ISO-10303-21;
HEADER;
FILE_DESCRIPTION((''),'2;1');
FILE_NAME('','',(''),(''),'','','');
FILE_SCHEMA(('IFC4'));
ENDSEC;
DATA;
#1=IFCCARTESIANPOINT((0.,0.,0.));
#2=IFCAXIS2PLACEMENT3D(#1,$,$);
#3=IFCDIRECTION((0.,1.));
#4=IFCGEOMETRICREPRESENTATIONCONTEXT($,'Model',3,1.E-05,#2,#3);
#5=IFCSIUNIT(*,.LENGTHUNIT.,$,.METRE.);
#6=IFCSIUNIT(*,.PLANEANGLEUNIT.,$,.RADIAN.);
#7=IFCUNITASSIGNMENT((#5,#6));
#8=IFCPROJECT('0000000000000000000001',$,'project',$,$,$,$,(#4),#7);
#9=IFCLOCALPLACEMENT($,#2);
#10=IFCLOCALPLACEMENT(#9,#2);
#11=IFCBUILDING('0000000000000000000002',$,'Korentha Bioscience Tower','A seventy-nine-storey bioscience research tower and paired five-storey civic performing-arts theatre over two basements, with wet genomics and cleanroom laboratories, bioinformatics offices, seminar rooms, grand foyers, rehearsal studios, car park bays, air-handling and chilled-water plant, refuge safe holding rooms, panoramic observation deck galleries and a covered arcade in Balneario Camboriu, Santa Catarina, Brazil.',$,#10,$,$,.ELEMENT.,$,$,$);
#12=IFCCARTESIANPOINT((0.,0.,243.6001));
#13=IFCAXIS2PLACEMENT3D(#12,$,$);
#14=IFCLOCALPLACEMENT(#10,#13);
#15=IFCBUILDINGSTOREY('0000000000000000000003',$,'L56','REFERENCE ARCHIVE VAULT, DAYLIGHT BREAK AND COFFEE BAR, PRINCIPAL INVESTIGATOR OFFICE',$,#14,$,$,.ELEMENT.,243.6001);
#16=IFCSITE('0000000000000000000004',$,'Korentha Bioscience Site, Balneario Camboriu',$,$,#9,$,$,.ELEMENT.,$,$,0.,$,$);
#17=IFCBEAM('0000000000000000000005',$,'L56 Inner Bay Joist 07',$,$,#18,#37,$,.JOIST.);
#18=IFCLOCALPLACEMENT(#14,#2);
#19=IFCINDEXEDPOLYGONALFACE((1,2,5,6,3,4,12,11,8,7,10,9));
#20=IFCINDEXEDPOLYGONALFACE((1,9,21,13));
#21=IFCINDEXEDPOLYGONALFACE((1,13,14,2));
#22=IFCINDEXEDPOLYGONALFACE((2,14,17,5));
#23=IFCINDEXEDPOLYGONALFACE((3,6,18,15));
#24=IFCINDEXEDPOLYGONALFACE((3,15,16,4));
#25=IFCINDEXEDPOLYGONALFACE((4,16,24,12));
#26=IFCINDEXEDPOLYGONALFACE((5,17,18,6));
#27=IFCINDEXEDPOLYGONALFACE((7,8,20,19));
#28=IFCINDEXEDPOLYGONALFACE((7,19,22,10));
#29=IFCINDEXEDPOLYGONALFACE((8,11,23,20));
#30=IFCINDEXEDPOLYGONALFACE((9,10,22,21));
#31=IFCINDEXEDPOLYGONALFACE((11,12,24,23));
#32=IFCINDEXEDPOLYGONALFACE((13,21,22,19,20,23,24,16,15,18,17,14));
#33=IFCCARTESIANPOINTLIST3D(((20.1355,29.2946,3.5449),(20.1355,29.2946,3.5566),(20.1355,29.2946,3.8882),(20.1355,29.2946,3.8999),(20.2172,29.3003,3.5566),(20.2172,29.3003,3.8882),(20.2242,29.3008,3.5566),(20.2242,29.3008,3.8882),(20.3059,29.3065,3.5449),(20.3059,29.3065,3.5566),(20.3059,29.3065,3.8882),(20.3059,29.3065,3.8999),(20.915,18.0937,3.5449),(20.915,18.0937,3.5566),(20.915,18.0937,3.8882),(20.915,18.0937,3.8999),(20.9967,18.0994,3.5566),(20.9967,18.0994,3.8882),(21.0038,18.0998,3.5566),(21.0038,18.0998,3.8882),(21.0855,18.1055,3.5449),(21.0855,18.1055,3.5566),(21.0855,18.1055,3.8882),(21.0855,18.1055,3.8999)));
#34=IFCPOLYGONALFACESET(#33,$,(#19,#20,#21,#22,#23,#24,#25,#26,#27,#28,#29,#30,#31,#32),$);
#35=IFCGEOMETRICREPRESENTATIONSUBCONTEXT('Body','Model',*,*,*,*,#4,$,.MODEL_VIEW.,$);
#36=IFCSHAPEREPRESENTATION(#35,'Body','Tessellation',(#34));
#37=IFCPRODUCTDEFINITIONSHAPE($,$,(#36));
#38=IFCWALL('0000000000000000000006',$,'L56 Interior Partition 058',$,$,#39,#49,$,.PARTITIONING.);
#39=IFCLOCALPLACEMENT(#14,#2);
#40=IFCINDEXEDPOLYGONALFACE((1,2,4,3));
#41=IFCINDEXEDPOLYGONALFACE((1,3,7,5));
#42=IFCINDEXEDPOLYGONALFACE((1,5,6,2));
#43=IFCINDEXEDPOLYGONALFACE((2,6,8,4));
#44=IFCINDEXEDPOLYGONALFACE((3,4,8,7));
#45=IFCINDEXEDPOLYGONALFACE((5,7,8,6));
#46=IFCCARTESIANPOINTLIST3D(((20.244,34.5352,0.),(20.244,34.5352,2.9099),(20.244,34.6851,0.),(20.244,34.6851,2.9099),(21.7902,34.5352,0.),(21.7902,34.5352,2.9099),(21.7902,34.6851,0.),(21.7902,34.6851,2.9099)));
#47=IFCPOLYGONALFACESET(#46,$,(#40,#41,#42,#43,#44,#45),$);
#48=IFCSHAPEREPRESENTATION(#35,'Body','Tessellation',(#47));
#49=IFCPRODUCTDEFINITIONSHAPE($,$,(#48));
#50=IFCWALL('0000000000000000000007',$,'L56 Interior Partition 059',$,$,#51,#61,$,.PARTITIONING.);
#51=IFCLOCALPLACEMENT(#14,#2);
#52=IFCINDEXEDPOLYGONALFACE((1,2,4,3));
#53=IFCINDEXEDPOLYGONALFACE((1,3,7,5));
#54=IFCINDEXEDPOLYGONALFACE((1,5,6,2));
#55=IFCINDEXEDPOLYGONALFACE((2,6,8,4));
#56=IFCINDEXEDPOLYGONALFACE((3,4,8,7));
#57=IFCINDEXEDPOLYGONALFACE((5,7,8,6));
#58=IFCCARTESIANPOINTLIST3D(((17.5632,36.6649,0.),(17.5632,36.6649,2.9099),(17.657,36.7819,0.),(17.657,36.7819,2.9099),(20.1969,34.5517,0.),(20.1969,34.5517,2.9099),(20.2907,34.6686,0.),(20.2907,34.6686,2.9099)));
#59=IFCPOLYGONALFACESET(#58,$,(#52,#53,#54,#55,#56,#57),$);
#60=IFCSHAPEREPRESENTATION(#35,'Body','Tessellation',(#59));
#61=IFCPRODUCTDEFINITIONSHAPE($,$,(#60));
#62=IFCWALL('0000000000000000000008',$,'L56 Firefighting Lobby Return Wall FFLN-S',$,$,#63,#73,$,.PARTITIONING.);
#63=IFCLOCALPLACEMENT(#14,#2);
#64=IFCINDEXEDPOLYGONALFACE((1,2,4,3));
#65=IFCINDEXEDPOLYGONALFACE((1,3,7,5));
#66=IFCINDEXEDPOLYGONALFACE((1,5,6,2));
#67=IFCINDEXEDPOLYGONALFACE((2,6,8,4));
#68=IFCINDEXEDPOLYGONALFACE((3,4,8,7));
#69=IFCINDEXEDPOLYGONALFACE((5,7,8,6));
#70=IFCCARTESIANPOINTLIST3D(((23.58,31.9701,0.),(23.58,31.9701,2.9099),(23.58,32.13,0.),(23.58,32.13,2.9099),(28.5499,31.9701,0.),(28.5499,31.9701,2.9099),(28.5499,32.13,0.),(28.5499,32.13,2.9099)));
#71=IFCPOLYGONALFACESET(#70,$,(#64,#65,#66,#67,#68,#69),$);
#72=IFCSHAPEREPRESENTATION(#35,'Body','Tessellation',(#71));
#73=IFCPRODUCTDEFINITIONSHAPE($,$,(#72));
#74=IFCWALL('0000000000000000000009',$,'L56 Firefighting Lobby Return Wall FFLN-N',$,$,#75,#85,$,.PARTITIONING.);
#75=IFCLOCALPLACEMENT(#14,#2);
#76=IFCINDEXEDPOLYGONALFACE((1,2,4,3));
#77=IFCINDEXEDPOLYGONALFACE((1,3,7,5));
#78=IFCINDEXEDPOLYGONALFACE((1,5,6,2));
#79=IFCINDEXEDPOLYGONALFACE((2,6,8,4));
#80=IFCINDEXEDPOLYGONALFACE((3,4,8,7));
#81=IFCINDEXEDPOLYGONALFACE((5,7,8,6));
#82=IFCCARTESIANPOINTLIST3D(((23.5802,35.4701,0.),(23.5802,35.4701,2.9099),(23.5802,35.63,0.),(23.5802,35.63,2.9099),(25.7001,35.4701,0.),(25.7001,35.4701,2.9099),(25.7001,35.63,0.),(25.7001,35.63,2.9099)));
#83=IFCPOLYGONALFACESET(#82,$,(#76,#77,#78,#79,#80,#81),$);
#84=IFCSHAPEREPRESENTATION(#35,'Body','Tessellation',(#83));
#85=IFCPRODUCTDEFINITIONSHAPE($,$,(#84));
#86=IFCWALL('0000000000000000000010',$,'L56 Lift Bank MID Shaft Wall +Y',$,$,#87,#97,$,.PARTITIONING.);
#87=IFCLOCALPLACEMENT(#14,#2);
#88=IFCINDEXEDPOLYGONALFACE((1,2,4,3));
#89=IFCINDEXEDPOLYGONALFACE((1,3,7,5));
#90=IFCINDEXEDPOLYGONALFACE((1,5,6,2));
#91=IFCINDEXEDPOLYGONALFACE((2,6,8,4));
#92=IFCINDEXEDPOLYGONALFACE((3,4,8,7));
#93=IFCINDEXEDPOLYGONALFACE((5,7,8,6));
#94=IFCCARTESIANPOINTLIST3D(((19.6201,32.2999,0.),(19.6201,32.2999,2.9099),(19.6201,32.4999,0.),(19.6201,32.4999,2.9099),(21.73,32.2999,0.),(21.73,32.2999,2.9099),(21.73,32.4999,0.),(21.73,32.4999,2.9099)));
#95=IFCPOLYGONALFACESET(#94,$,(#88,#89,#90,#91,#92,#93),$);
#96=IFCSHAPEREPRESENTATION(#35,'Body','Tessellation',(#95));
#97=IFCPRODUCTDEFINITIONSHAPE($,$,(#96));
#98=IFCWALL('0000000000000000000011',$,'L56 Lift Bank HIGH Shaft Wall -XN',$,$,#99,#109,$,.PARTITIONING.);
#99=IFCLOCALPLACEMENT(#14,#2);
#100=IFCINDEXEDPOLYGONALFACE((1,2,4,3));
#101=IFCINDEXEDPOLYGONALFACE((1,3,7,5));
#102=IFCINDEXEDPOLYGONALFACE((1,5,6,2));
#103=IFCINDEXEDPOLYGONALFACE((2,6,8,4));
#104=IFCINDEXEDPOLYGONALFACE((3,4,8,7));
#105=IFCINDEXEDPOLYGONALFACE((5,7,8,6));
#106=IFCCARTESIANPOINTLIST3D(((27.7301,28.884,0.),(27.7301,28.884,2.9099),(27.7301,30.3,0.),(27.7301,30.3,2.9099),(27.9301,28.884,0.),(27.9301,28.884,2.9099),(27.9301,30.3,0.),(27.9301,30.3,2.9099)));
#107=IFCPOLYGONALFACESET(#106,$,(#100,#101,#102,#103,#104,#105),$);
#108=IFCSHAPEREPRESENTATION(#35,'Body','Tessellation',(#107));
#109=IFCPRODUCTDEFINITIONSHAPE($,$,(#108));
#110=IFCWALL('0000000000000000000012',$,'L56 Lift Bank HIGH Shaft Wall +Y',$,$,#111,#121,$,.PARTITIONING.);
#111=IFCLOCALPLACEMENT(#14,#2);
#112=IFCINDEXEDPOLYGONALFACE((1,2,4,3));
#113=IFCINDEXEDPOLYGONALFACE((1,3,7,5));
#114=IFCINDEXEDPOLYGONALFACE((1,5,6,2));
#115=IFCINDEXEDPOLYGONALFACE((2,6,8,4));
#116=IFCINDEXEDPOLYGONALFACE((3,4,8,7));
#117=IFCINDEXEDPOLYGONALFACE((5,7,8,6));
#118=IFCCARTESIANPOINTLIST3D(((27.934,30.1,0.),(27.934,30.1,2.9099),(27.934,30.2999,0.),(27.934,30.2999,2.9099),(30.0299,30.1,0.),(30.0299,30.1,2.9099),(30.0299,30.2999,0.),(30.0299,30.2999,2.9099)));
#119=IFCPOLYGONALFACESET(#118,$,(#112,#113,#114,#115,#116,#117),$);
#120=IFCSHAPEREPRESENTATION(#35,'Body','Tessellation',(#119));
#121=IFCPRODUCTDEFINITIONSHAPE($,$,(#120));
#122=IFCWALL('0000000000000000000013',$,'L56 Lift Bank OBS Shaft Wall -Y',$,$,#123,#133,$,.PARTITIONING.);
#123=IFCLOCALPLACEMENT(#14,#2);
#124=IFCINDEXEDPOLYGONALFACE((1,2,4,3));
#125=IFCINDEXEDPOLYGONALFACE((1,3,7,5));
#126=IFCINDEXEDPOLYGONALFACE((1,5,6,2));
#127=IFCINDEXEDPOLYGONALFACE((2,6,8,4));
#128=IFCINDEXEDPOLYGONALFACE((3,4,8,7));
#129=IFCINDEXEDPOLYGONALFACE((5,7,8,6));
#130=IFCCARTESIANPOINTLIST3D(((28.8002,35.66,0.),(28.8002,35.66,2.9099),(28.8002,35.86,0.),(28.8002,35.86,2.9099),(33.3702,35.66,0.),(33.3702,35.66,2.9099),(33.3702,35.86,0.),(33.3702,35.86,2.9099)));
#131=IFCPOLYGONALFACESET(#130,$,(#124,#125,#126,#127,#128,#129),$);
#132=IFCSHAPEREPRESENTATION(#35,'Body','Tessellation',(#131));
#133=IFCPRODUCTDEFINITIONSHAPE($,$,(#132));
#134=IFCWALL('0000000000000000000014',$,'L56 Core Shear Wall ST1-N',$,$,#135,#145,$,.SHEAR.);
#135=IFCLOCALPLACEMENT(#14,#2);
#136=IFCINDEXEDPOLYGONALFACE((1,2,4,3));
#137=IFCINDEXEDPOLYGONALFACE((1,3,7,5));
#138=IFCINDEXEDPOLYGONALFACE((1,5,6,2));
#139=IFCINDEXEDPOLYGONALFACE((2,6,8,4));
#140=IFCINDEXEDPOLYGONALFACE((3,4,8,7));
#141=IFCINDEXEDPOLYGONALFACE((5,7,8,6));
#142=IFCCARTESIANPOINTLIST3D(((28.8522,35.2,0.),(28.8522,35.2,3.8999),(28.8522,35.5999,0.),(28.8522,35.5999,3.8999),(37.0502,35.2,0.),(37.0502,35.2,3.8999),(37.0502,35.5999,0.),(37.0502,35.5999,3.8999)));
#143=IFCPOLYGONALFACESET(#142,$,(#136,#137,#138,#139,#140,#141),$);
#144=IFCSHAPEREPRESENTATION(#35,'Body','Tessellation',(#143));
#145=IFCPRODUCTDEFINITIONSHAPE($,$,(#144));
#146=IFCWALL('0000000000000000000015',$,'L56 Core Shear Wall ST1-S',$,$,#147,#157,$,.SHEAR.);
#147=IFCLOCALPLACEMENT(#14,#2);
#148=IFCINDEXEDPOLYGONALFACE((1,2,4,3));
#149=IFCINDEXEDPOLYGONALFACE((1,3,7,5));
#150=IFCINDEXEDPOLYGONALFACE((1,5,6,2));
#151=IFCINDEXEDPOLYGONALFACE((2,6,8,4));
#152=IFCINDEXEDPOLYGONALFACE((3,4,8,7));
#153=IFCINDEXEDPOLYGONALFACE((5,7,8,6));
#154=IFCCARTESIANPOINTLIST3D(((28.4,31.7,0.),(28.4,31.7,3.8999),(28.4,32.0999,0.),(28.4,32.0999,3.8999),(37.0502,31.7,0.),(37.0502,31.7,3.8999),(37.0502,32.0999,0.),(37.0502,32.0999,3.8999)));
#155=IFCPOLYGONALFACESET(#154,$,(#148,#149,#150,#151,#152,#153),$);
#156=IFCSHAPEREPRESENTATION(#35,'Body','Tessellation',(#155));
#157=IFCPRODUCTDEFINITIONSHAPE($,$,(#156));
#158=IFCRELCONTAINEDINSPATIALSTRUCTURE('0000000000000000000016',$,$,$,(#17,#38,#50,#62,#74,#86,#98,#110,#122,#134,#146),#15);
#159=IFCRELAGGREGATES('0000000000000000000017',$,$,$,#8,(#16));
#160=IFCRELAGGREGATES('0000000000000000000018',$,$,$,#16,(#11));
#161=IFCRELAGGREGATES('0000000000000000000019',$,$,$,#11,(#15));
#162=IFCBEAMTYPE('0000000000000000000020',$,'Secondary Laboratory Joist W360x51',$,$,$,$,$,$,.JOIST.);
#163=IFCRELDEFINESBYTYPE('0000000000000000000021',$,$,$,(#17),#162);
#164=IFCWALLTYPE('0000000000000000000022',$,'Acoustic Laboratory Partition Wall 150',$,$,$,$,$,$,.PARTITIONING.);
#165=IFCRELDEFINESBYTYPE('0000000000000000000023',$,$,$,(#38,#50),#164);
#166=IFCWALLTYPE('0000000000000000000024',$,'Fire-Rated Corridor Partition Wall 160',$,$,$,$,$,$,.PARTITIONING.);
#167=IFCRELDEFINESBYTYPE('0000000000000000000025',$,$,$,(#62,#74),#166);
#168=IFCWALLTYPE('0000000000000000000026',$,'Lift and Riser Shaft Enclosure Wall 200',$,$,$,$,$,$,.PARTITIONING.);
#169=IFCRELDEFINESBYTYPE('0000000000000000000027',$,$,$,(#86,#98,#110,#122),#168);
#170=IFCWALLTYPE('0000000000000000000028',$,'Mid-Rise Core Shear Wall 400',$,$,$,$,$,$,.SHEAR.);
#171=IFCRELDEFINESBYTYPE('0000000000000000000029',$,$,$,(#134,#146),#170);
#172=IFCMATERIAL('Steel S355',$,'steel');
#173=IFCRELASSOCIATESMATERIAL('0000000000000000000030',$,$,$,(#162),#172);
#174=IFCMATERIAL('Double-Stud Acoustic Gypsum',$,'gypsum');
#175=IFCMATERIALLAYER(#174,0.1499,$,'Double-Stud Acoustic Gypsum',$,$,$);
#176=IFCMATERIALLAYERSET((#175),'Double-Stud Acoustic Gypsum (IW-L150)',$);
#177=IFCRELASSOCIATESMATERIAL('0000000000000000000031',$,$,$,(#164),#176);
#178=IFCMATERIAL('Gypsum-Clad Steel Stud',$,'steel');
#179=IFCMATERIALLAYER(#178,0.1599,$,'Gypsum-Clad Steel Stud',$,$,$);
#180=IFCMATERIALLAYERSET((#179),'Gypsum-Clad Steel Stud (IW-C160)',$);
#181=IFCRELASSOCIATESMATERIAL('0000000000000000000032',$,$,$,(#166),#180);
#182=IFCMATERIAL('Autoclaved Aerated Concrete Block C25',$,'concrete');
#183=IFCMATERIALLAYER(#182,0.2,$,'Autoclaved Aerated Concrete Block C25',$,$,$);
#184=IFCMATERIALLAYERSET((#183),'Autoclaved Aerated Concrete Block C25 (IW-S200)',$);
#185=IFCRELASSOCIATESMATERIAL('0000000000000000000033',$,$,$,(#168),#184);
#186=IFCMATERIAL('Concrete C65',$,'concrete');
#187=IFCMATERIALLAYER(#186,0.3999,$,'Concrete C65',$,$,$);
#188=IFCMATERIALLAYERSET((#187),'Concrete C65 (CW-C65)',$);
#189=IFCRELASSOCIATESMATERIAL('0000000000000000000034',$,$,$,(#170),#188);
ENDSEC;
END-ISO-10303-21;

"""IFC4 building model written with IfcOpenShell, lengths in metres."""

from ifc_helpers import new_model, si_unit, direction, frame, frame_2d, origin, origin_2d, place, context, subcontext, project, spatial, rectangle, i_section, extrude, material, layer, layer_set, material_profile, profile_set, type_object, element, save


model = new_model("IFC4")

# Units and contexts
model_context = context("Model", 3, precision=1e-05, world=origin(), true_north=direction((0.0, 1.0)))
body_context = subcontext(model_context, "Body", "Model", "MODEL_VIEW")
ifc_project = project(units=[si_unit("LENGTHUNIT", "METRE"), si_unit("PLANEANGLEUNIT", "RADIAN")], contexts=[model_context])

# Site, building, storey
site_placement = place(None, origin())
site = spatial("IfcSite", under=ifc_project, at=site_placement, Name="Korentha Bioscience Site, Balneario Camboriu", CompositionType="ELEMENT", RefElevation=0.0)
building_placement = place(site_placement, origin())
building = spatial("IfcBuilding", under=site, at=building_placement, Name="Korentha Bioscience Tower", Description="A seventy-nine-storey bioscience research tower and paired five-storey civic performing-arts theatre over two basements, with wet genomics and cleanroom laboratories, bioinformatics offices, seminar rooms, grand foyers, rehearsal studios, car park bays, air-handling and chilled-water plant, refuge safe holding rooms, panoramic observation deck galleries and a covered arcade in Balneario Camboriu, Santa Catarina, Brazil.", CompositionType="ELEMENT")
storey_placement = place(building_placement, frame((0.0, 0.0, 243.6001)))
storey = spatial("IfcBuildingStorey", under=building, at=storey_placement, Name="L56", Description="REFERENCE ARCHIVE VAULT, DAYLIGHT BREAK AND COFFEE BAR, PRINCIPAL INVESTIGATOR OFFICE", CompositionType="ELEMENT", Elevation=243.6001)

# Shared definitions
ifc_material_1 = material(Name="Concrete C65", Category="concrete")

# Beam
ifc_material_2 = material(Name="Steel S355", Category="steel")
ifc_material_profile_1 = material_profile(ifc_material_2, i_section(OverallWidth=0.1709, OverallDepth=0.355, WebThickness=0.0071, FlangeThickness=0.0117, at=origin_2d()), Name="Steel S355")
ifc_profile_set_1 = profile_set([ifc_material_profile_1], Name="Steel S355 (JB-360)")
beam_type_1 = type_object("IfcBeamType", Name="Secondary Laboratory Joist W360x51", PredefinedType="JOIST", material=ifc_profile_set_1)
beam_1_placement = place(storey_placement, frame((20.2207, 29.3005, 3.7224), z_axis=(0.069428, -0.997587, 0.0), x_axis=(0.997587, 0.069428, 0.0)))
element("IfcBeam", 1, at=beam_1_placement, inside=storey, type_object=beam_type_1, Name="L56 Inner Bay Joist 07", PredefinedType="JOIST", context=body_context, shape_type="SweptSolid", body=[
    extrude(i_section(OverallWidth=0.1709, OverallDepth=0.355, WebThickness=0.0071, FlangeThickness=0.0117, at=origin_2d()), origin(), (0.0, 0.0, 1.0), 11.228),
])

# Walls
ifc_material_3 = material(Name="Double-Stud Acoustic Gypsum", Category="gypsum")
ifc_layer_1 = layer(ifc_material_3, 0.1499, Name="Double-Stud Acoustic Gypsum")
ifc_layer_set_1 = layer_set([ifc_layer_1], Name="Double-Stud Acoustic Gypsum (IW-L150)")
wall_type_1 = type_object("IfcWallType", Name="Acoustic Laboratory Partition Wall 150", PredefinedType="PARTITIONING", material=ifc_layer_set_1)
wall_1_placement = place(storey_placement, frame((21.79, 34.6101, 0.0), z_axis=(0.0, 0.0, 1.0), x_axis=(-1.0, 0.0, 0.0)))
element("IfcWall", 2, at=wall_1_placement, inside=storey, type_object=wall_type_1, Name="L56 Interior Partition 058", PredefinedType="PARTITIONING", context=body_context, shape_type="SweptSolid", body=[
    extrude(rectangle(XDim=1.5461, YDim=0.1499, at=frame_2d((0.7729, 0.0))), origin(), (0.0, 0.0, 1.0), 2.9099),
])
wall_2_placement = place(storey_placement, frame((20.2439, 34.6101, 0.0), z_axis=(0.0, 0.0, 1.0), x_axis=(-0.779965, 0.625823, 0.0)))
element("IfcWall", 3, at=wall_2_placement, inside=storey, type_object=wall_type_1, Name="L56 Interior Partition 059", PredefinedType="PARTITIONING", context=body_context, shape_type="SweptSolid", body=[
    extrude(rectangle(XDim=3.3767, YDim=0.1499, at=frame_2d((1.6885, 0.0))), origin(), (0.0, 0.0, 1.0), 2.9099),
])

# Shared definitions
ifc_material_4 = material(Name="Gypsum-Clad Steel Stud", Category="steel")
ifc_layer_2 = layer(ifc_material_4, 0.1599, Name="Gypsum-Clad Steel Stud")
ifc_layer_set_2 = layer_set([ifc_layer_2], Name="Gypsum-Clad Steel Stud (IW-C160)")
wall_type_2 = type_object("IfcWallType", Name="Fire-Rated Corridor Partition Wall 160", PredefinedType="PARTITIONING", material=ifc_layer_set_2)

# Walls
wall_3_placement = place(storey_placement, frame((23.5801, 32.05, 0.0), z_axis=(0.0, 0.0, 1.0), x_axis=(1.0, 0.0, 0.0)))
element("IfcWall", 4, at=wall_3_placement, inside=storey, type_object=wall_type_2, Name="L56 Firefighting Lobby Return Wall FFLN-S", PredefinedType="PARTITIONING", context=body_context, shape_type="SweptSolid", body=[
    extrude(rectangle(XDim=4.97, YDim=0.1599, at=frame_2d((2.4849, 0.0))), origin(), (0.0, 0.0, 1.0), 2.9099),
])
wall_4_placement = place(storey_placement, frame((23.5801, 35.55, 0.0), z_axis=(0.0, 0.0, 1.0), x_axis=(1.0, 0.0, 0.0)))
element("IfcWall", 5, at=wall_4_placement, inside=storey, type_object=wall_type_2, Name="L56 Firefighting Lobby Return Wall FFLN-N", PredefinedType="PARTITIONING", context=body_context, shape_type="SweptSolid", body=[
    extrude(rectangle(XDim=2.1199, YDim=0.1599, at=frame_2d((1.0601, 0.0))), origin(), (0.0, 0.0, 1.0), 2.9099),
])
ifc_material_5 = material(Name="Autoclaved Aerated Concrete Block C25", Category="concrete")
ifc_layer_3 = layer(ifc_material_5, 0.2, Name="Autoclaved Aerated Concrete Block C25")
ifc_layer_set_3 = layer_set([ifc_layer_3], Name="Autoclaved Aerated Concrete Block C25 (IW-S200)")
wall_type_3 = type_object("IfcWallType", Name="Lift and Riser Shaft Enclosure Wall 200", PredefinedType="PARTITIONING", material=ifc_layer_set_3)
wall_5_placement = place(storey_placement, frame((19.6201, 32.3999, 0.0), z_axis=(0.0, 0.0, 1.0), x_axis=(1.0, 0.0, 0.0)))
element("IfcWall", 6, at=wall_5_placement, inside=storey, type_object=wall_type_3, Name="L56 Lift Bank MID Shaft Wall +Y", PredefinedType="PARTITIONING", context=body_context, shape_type="SweptSolid", body=[
    extrude(rectangle(XDim=2.1099, YDim=0.2, at=frame_2d((1.0549, 0.0))), origin(), (0.0, 0.0, 1.0), 2.9099),
])
wall_6_placement = place(storey_placement, frame((27.8301, 28.884, 0.0), z_axis=(0.0, 0.0, 1.0), x_axis=(0.0, 1.0, 0.0)))
element("IfcWall", 7, at=wall_6_placement, inside=storey, type_object=wall_type_3, Name="L56 Lift Bank HIGH Shaft Wall -XN", PredefinedType="PARTITIONING", context=body_context, shape_type="SweptSolid", body=[
    extrude(rectangle(XDim=1.416, YDim=0.2, at=frame_2d((0.708, 0.0))), origin(), (0.0, 0.0, 1.0), 2.9099),
])
wall_7_placement = place(storey_placement, frame((27.9341, 30.2, 0.0), z_axis=(0.0, 0.0, 1.0), x_axis=(1.0, 0.0, 0.0)))
element("IfcWall", 8, at=wall_7_placement, inside=storey, type_object=wall_type_3, Name="L56 Lift Bank HIGH Shaft Wall +Y", PredefinedType="PARTITIONING", context=body_context, shape_type="SweptSolid", body=[
    extrude(rectangle(XDim=2.0959, YDim=0.2, at=frame_2d((1.0479, 0.0))), origin(), (0.0, 0.0, 1.0), 2.9099),
])
wall_8_placement = place(storey_placement, frame((28.8, 35.76, 0.0), z_axis=(0.0, 0.0, 1.0), x_axis=(1.0, 0.0, 0.0)))
element("IfcWall", 9, at=wall_8_placement, inside=storey, type_object=wall_type_3, Name="L56 Lift Bank OBS Shaft Wall -Y", PredefinedType="PARTITIONING", context=body_context, shape_type="SweptSolid", body=[
    extrude(rectangle(XDim=4.5701, YDim=0.2, at=frame_2d((2.2852, 0.0))), origin(), (0.0, 0.0, 1.0), 2.9099),
])
ifc_layer_4 = layer(ifc_material_1, 0.3999, Name="Concrete C65")
ifc_layer_set_4 = layer_set([ifc_layer_4], Name="Concrete C65 (CW-C65)")
wall_type_4 = type_object("IfcWallType", Name="Mid-Rise Core Shear Wall 400", PredefinedType="SHEAR", material=ifc_layer_set_4)
wall_9_placement = place(storey_placement, frame((28.8521, 35.3999, 0.0), z_axis=(0.0, 0.0, 1.0), x_axis=(1.0, 0.0, 0.0)))
element("IfcWall", 10, at=wall_9_placement, inside=storey, type_object=wall_type_4, Name="L56 Core Shear Wall ST1-N", PredefinedType="SHEAR", context=body_context, shape_type="SweptSolid", body=[
    extrude(rectangle(XDim=8.198, YDim=0.3999, at=frame_2d((4.0991, 0.0))), origin(), (0.0, 0.0, 1.0), 3.8999),
])
wall_10_placement = place(storey_placement, frame((28.3999, 31.8999, 0.0), z_axis=(0.0, 0.0, 1.0), x_axis=(1.0, 0.0, 0.0)))
element("IfcWall", 11, at=wall_10_placement, inside=storey, type_object=wall_type_4, Name="L56 Core Shear Wall ST1-S", PredefinedType="SHEAR", context=body_context, shape_type="SweptSolid", body=[
    extrude(rectangle(XDim=8.6501, YDim=0.3999, at=frame_2d((4.3252, 0.0))), origin(), (0.0, 0.0, 1.0), 3.8999),
])

save(model, "model.ifc")
